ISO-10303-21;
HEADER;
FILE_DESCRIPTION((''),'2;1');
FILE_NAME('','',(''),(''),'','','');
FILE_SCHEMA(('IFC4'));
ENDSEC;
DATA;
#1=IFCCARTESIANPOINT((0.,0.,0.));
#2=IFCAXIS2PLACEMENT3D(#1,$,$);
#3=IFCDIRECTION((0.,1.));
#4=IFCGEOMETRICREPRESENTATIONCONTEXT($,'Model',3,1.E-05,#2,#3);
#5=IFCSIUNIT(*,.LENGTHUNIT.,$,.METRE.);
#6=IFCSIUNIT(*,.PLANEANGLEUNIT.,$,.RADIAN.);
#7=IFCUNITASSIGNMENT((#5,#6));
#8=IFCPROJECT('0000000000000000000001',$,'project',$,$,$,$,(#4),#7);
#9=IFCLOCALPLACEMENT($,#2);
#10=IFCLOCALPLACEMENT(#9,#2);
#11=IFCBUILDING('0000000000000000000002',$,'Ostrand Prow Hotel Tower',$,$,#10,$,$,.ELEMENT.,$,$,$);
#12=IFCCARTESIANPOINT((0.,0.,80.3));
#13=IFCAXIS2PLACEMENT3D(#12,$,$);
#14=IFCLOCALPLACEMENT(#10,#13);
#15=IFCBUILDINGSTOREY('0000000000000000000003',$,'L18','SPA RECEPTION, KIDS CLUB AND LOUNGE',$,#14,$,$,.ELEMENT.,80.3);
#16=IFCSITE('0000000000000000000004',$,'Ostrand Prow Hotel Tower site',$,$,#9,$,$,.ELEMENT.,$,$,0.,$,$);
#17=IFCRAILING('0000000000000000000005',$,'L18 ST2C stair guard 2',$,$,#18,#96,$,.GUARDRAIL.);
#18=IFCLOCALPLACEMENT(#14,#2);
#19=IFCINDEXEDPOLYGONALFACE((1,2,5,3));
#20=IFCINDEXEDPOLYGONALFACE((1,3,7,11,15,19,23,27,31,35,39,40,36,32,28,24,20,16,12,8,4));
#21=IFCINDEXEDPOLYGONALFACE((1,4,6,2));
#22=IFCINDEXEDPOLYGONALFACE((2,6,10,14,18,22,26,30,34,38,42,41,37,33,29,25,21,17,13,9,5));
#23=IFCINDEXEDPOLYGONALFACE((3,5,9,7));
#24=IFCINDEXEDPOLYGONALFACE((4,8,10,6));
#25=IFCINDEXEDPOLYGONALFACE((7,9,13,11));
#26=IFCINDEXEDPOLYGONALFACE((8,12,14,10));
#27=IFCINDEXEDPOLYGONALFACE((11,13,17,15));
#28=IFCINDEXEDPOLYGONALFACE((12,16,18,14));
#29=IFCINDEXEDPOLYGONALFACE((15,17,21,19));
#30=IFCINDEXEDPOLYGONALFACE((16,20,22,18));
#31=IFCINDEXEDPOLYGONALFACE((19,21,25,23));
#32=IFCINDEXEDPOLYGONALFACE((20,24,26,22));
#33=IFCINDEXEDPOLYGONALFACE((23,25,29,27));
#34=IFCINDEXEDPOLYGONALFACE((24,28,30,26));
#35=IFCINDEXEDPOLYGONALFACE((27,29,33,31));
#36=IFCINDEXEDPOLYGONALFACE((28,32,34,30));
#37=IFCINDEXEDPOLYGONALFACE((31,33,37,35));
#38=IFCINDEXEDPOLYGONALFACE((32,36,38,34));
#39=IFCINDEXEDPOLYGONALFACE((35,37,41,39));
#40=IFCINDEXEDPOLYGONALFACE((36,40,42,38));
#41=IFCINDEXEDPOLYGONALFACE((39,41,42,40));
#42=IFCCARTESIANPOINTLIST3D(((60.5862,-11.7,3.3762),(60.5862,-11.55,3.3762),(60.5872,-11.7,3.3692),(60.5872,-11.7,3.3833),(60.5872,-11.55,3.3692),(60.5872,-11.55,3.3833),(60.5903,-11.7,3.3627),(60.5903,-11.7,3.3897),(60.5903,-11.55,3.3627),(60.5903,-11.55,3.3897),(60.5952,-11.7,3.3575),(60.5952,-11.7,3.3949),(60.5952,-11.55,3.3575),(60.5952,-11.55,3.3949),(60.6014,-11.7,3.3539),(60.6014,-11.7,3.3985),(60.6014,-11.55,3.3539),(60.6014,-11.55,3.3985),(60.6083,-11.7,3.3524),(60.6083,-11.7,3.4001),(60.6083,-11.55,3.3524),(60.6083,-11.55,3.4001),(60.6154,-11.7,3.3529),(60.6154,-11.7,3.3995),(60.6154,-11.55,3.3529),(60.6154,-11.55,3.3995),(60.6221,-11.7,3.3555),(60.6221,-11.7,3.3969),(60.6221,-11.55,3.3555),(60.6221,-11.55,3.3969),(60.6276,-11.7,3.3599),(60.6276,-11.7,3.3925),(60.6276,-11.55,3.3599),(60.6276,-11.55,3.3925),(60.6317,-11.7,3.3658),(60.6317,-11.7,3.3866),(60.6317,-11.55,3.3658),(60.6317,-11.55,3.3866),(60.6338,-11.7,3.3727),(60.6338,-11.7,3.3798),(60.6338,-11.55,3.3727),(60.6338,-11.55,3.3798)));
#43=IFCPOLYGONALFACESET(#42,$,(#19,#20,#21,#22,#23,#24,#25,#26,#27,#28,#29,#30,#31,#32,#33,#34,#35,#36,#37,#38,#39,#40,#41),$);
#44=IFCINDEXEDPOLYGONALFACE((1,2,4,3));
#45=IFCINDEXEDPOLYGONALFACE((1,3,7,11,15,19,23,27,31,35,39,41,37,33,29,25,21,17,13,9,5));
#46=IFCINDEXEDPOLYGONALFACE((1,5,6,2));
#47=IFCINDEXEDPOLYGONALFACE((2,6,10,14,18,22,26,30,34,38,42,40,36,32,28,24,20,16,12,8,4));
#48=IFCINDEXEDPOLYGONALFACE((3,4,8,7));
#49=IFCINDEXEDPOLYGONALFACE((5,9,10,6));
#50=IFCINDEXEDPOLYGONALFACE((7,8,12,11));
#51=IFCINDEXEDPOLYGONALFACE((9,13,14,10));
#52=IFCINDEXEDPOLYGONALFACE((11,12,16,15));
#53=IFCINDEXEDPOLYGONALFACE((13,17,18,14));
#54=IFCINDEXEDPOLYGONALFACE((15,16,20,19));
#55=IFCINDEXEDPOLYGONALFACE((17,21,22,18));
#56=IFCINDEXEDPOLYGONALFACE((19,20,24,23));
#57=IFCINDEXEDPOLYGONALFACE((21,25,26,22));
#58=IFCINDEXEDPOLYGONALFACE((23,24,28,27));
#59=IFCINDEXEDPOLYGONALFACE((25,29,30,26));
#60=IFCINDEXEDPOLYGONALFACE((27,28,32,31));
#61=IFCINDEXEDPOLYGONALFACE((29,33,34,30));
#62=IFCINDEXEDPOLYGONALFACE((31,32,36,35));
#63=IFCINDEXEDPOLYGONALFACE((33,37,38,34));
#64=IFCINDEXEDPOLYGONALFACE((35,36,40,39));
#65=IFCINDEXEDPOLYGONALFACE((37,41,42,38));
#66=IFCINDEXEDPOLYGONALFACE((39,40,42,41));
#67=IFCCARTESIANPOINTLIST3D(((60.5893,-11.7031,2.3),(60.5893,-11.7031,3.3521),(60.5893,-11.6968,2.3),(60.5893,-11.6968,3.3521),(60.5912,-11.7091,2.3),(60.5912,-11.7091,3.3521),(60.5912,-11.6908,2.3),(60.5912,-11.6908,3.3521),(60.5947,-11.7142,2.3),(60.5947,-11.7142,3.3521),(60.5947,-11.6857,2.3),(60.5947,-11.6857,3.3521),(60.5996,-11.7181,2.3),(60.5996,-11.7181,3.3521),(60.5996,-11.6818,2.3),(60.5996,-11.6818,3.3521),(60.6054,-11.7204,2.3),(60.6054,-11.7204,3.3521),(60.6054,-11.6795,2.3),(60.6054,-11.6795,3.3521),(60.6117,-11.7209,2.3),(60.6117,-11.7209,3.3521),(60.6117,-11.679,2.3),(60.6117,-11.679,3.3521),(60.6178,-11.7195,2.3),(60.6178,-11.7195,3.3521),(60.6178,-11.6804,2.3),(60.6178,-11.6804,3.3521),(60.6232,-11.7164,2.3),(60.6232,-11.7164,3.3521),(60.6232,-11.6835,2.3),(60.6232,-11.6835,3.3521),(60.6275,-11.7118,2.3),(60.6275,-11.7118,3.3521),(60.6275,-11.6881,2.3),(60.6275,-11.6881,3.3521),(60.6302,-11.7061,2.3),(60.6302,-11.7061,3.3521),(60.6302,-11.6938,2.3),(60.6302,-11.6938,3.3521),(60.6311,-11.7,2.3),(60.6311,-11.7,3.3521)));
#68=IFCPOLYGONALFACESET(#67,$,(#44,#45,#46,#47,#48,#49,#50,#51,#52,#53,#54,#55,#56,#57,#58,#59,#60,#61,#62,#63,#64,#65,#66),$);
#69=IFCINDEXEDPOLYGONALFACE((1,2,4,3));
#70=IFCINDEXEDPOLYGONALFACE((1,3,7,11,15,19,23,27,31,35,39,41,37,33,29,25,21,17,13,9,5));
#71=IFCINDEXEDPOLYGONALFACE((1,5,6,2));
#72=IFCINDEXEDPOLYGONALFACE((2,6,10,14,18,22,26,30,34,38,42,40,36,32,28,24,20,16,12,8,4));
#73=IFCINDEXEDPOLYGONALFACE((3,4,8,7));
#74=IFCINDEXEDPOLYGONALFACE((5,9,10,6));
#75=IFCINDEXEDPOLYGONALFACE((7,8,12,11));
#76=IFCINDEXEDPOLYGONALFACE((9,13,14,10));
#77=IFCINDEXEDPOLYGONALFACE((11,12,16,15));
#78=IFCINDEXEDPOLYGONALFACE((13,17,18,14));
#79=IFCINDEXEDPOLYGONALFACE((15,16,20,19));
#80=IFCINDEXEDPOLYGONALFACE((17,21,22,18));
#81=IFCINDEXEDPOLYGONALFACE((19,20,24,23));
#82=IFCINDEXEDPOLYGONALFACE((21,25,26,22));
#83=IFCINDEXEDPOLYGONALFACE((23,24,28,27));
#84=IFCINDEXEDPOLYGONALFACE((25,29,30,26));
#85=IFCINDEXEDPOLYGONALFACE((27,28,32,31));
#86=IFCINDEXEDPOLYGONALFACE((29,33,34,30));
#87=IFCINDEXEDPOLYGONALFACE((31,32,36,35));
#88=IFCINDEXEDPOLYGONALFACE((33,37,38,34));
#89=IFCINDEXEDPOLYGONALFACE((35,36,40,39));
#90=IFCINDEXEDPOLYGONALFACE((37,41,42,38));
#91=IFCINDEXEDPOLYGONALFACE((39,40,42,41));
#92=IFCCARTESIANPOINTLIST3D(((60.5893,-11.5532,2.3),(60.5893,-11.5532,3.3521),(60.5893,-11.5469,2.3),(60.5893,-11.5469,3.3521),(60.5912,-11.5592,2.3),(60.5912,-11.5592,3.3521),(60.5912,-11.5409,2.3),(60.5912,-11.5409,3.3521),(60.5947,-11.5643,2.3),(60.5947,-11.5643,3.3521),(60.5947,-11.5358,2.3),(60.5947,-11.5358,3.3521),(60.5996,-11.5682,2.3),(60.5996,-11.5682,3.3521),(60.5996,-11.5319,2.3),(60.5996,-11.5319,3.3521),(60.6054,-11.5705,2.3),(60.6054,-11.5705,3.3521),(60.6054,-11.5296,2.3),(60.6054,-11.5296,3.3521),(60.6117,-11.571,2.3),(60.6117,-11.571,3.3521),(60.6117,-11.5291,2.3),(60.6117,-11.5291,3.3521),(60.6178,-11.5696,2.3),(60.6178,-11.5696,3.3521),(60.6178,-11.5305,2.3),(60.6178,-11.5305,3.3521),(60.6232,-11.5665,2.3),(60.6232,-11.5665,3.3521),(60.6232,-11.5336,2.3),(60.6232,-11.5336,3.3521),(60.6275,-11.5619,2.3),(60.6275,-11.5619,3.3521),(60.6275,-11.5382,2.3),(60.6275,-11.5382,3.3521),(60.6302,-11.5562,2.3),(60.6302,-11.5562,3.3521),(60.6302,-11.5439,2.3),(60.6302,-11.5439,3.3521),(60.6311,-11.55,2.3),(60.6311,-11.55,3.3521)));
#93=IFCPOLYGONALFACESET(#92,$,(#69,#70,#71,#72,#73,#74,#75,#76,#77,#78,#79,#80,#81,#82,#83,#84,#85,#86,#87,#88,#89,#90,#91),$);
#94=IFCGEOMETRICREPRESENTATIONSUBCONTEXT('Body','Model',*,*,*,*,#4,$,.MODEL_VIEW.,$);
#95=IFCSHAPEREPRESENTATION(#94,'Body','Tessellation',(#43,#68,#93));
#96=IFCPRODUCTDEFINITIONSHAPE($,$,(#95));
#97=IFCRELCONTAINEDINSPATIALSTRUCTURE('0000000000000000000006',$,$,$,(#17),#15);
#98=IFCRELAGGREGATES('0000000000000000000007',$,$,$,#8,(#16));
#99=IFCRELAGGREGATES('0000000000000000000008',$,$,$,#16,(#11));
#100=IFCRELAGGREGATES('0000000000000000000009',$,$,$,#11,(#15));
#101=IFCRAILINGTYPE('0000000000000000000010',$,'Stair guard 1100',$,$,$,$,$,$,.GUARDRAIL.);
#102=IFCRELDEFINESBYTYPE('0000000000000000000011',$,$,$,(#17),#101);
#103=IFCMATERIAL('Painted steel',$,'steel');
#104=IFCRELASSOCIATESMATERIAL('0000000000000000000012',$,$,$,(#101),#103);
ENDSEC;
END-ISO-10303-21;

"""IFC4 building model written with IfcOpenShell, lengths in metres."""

from ifc_helpers import new_model, si_unit, direction, frame, origin, origin_2d, place, context, subcontext, project, spatial, circle, extrude, material, type_object, element, save


model = new_model("IFC4")

# Units and contexts
model_context = context("Model", 3, precision=1e-05, world=origin(), true_north=direction((0.0, 1.0)))
body_context = subcontext(model_context, "Body", "Model", "MODEL_VIEW")
ifc_project = project(units=[si_unit("LENGTHUNIT", "METRE"), si_unit("PLANEANGLEUNIT", "RADIAN")], contexts=[model_context])

# Site, building, storey
site_placement = place(None, origin())
site = spatial("IfcSite", under=ifc_project, at=site_placement, Name="Ostrand Prow Hotel Tower site", CompositionType="ELEMENT", RefElevation=0.0)
building_placement = place(site_placement, origin())
building = spatial("IfcBuilding", under=site, at=building_placement, Name="Ostrand Prow Hotel Tower", CompositionType="ELEMENT")
storey_placement = place(building_placement, frame((0.0, 0.0, 80.3)))
storey = spatial("IfcBuildingStorey", under=building, at=storey_placement, Name="L18", Description="SPA RECEPTION, KIDS CLUB AND LOUNGE", CompositionType="ELEMENT", Elevation=80.3)

# Railing
ifc_material_1 = material(Name="Painted steel", Category="steel")
railing_type_1 = type_object("IfcRailingType", Name="Stair guard 1100", PredefinedType="GUARDRAIL", material=ifc_material_1)
railing_1_placement = place(storey_placement, frame((60.6101, -11.7, 2.3)))
element("IfcRailing", 1, at=railing_1_placement, inside=storey, type_object=railing_type_1, Name="L18 ST2C stair guard 2", PredefinedType="GUARDRAIL", context=body_context, shape_type="SweptSolid", body=[
    extrude(circle(Radius=0.0239, at=origin_2d()), frame((0.0, 0.0, 1.0762), z_axis=(0.0, 1.0, 0.0), x_axis=(-1.0, 0.0, 0.0)), (0.0, 0.0, 1.0), 0.1499),
    extrude(circle(Radius=0.021, at=origin_2d()), origin(), (0.0, 0.0, 1.0), 1.052),
    extrude(circle(Radius=0.021, at=origin_2d()), frame((0.0, 0.1499, 0.0)), (0.0, 0.0, 1.0), 1.052),
])

save(model, "model.ifc")
